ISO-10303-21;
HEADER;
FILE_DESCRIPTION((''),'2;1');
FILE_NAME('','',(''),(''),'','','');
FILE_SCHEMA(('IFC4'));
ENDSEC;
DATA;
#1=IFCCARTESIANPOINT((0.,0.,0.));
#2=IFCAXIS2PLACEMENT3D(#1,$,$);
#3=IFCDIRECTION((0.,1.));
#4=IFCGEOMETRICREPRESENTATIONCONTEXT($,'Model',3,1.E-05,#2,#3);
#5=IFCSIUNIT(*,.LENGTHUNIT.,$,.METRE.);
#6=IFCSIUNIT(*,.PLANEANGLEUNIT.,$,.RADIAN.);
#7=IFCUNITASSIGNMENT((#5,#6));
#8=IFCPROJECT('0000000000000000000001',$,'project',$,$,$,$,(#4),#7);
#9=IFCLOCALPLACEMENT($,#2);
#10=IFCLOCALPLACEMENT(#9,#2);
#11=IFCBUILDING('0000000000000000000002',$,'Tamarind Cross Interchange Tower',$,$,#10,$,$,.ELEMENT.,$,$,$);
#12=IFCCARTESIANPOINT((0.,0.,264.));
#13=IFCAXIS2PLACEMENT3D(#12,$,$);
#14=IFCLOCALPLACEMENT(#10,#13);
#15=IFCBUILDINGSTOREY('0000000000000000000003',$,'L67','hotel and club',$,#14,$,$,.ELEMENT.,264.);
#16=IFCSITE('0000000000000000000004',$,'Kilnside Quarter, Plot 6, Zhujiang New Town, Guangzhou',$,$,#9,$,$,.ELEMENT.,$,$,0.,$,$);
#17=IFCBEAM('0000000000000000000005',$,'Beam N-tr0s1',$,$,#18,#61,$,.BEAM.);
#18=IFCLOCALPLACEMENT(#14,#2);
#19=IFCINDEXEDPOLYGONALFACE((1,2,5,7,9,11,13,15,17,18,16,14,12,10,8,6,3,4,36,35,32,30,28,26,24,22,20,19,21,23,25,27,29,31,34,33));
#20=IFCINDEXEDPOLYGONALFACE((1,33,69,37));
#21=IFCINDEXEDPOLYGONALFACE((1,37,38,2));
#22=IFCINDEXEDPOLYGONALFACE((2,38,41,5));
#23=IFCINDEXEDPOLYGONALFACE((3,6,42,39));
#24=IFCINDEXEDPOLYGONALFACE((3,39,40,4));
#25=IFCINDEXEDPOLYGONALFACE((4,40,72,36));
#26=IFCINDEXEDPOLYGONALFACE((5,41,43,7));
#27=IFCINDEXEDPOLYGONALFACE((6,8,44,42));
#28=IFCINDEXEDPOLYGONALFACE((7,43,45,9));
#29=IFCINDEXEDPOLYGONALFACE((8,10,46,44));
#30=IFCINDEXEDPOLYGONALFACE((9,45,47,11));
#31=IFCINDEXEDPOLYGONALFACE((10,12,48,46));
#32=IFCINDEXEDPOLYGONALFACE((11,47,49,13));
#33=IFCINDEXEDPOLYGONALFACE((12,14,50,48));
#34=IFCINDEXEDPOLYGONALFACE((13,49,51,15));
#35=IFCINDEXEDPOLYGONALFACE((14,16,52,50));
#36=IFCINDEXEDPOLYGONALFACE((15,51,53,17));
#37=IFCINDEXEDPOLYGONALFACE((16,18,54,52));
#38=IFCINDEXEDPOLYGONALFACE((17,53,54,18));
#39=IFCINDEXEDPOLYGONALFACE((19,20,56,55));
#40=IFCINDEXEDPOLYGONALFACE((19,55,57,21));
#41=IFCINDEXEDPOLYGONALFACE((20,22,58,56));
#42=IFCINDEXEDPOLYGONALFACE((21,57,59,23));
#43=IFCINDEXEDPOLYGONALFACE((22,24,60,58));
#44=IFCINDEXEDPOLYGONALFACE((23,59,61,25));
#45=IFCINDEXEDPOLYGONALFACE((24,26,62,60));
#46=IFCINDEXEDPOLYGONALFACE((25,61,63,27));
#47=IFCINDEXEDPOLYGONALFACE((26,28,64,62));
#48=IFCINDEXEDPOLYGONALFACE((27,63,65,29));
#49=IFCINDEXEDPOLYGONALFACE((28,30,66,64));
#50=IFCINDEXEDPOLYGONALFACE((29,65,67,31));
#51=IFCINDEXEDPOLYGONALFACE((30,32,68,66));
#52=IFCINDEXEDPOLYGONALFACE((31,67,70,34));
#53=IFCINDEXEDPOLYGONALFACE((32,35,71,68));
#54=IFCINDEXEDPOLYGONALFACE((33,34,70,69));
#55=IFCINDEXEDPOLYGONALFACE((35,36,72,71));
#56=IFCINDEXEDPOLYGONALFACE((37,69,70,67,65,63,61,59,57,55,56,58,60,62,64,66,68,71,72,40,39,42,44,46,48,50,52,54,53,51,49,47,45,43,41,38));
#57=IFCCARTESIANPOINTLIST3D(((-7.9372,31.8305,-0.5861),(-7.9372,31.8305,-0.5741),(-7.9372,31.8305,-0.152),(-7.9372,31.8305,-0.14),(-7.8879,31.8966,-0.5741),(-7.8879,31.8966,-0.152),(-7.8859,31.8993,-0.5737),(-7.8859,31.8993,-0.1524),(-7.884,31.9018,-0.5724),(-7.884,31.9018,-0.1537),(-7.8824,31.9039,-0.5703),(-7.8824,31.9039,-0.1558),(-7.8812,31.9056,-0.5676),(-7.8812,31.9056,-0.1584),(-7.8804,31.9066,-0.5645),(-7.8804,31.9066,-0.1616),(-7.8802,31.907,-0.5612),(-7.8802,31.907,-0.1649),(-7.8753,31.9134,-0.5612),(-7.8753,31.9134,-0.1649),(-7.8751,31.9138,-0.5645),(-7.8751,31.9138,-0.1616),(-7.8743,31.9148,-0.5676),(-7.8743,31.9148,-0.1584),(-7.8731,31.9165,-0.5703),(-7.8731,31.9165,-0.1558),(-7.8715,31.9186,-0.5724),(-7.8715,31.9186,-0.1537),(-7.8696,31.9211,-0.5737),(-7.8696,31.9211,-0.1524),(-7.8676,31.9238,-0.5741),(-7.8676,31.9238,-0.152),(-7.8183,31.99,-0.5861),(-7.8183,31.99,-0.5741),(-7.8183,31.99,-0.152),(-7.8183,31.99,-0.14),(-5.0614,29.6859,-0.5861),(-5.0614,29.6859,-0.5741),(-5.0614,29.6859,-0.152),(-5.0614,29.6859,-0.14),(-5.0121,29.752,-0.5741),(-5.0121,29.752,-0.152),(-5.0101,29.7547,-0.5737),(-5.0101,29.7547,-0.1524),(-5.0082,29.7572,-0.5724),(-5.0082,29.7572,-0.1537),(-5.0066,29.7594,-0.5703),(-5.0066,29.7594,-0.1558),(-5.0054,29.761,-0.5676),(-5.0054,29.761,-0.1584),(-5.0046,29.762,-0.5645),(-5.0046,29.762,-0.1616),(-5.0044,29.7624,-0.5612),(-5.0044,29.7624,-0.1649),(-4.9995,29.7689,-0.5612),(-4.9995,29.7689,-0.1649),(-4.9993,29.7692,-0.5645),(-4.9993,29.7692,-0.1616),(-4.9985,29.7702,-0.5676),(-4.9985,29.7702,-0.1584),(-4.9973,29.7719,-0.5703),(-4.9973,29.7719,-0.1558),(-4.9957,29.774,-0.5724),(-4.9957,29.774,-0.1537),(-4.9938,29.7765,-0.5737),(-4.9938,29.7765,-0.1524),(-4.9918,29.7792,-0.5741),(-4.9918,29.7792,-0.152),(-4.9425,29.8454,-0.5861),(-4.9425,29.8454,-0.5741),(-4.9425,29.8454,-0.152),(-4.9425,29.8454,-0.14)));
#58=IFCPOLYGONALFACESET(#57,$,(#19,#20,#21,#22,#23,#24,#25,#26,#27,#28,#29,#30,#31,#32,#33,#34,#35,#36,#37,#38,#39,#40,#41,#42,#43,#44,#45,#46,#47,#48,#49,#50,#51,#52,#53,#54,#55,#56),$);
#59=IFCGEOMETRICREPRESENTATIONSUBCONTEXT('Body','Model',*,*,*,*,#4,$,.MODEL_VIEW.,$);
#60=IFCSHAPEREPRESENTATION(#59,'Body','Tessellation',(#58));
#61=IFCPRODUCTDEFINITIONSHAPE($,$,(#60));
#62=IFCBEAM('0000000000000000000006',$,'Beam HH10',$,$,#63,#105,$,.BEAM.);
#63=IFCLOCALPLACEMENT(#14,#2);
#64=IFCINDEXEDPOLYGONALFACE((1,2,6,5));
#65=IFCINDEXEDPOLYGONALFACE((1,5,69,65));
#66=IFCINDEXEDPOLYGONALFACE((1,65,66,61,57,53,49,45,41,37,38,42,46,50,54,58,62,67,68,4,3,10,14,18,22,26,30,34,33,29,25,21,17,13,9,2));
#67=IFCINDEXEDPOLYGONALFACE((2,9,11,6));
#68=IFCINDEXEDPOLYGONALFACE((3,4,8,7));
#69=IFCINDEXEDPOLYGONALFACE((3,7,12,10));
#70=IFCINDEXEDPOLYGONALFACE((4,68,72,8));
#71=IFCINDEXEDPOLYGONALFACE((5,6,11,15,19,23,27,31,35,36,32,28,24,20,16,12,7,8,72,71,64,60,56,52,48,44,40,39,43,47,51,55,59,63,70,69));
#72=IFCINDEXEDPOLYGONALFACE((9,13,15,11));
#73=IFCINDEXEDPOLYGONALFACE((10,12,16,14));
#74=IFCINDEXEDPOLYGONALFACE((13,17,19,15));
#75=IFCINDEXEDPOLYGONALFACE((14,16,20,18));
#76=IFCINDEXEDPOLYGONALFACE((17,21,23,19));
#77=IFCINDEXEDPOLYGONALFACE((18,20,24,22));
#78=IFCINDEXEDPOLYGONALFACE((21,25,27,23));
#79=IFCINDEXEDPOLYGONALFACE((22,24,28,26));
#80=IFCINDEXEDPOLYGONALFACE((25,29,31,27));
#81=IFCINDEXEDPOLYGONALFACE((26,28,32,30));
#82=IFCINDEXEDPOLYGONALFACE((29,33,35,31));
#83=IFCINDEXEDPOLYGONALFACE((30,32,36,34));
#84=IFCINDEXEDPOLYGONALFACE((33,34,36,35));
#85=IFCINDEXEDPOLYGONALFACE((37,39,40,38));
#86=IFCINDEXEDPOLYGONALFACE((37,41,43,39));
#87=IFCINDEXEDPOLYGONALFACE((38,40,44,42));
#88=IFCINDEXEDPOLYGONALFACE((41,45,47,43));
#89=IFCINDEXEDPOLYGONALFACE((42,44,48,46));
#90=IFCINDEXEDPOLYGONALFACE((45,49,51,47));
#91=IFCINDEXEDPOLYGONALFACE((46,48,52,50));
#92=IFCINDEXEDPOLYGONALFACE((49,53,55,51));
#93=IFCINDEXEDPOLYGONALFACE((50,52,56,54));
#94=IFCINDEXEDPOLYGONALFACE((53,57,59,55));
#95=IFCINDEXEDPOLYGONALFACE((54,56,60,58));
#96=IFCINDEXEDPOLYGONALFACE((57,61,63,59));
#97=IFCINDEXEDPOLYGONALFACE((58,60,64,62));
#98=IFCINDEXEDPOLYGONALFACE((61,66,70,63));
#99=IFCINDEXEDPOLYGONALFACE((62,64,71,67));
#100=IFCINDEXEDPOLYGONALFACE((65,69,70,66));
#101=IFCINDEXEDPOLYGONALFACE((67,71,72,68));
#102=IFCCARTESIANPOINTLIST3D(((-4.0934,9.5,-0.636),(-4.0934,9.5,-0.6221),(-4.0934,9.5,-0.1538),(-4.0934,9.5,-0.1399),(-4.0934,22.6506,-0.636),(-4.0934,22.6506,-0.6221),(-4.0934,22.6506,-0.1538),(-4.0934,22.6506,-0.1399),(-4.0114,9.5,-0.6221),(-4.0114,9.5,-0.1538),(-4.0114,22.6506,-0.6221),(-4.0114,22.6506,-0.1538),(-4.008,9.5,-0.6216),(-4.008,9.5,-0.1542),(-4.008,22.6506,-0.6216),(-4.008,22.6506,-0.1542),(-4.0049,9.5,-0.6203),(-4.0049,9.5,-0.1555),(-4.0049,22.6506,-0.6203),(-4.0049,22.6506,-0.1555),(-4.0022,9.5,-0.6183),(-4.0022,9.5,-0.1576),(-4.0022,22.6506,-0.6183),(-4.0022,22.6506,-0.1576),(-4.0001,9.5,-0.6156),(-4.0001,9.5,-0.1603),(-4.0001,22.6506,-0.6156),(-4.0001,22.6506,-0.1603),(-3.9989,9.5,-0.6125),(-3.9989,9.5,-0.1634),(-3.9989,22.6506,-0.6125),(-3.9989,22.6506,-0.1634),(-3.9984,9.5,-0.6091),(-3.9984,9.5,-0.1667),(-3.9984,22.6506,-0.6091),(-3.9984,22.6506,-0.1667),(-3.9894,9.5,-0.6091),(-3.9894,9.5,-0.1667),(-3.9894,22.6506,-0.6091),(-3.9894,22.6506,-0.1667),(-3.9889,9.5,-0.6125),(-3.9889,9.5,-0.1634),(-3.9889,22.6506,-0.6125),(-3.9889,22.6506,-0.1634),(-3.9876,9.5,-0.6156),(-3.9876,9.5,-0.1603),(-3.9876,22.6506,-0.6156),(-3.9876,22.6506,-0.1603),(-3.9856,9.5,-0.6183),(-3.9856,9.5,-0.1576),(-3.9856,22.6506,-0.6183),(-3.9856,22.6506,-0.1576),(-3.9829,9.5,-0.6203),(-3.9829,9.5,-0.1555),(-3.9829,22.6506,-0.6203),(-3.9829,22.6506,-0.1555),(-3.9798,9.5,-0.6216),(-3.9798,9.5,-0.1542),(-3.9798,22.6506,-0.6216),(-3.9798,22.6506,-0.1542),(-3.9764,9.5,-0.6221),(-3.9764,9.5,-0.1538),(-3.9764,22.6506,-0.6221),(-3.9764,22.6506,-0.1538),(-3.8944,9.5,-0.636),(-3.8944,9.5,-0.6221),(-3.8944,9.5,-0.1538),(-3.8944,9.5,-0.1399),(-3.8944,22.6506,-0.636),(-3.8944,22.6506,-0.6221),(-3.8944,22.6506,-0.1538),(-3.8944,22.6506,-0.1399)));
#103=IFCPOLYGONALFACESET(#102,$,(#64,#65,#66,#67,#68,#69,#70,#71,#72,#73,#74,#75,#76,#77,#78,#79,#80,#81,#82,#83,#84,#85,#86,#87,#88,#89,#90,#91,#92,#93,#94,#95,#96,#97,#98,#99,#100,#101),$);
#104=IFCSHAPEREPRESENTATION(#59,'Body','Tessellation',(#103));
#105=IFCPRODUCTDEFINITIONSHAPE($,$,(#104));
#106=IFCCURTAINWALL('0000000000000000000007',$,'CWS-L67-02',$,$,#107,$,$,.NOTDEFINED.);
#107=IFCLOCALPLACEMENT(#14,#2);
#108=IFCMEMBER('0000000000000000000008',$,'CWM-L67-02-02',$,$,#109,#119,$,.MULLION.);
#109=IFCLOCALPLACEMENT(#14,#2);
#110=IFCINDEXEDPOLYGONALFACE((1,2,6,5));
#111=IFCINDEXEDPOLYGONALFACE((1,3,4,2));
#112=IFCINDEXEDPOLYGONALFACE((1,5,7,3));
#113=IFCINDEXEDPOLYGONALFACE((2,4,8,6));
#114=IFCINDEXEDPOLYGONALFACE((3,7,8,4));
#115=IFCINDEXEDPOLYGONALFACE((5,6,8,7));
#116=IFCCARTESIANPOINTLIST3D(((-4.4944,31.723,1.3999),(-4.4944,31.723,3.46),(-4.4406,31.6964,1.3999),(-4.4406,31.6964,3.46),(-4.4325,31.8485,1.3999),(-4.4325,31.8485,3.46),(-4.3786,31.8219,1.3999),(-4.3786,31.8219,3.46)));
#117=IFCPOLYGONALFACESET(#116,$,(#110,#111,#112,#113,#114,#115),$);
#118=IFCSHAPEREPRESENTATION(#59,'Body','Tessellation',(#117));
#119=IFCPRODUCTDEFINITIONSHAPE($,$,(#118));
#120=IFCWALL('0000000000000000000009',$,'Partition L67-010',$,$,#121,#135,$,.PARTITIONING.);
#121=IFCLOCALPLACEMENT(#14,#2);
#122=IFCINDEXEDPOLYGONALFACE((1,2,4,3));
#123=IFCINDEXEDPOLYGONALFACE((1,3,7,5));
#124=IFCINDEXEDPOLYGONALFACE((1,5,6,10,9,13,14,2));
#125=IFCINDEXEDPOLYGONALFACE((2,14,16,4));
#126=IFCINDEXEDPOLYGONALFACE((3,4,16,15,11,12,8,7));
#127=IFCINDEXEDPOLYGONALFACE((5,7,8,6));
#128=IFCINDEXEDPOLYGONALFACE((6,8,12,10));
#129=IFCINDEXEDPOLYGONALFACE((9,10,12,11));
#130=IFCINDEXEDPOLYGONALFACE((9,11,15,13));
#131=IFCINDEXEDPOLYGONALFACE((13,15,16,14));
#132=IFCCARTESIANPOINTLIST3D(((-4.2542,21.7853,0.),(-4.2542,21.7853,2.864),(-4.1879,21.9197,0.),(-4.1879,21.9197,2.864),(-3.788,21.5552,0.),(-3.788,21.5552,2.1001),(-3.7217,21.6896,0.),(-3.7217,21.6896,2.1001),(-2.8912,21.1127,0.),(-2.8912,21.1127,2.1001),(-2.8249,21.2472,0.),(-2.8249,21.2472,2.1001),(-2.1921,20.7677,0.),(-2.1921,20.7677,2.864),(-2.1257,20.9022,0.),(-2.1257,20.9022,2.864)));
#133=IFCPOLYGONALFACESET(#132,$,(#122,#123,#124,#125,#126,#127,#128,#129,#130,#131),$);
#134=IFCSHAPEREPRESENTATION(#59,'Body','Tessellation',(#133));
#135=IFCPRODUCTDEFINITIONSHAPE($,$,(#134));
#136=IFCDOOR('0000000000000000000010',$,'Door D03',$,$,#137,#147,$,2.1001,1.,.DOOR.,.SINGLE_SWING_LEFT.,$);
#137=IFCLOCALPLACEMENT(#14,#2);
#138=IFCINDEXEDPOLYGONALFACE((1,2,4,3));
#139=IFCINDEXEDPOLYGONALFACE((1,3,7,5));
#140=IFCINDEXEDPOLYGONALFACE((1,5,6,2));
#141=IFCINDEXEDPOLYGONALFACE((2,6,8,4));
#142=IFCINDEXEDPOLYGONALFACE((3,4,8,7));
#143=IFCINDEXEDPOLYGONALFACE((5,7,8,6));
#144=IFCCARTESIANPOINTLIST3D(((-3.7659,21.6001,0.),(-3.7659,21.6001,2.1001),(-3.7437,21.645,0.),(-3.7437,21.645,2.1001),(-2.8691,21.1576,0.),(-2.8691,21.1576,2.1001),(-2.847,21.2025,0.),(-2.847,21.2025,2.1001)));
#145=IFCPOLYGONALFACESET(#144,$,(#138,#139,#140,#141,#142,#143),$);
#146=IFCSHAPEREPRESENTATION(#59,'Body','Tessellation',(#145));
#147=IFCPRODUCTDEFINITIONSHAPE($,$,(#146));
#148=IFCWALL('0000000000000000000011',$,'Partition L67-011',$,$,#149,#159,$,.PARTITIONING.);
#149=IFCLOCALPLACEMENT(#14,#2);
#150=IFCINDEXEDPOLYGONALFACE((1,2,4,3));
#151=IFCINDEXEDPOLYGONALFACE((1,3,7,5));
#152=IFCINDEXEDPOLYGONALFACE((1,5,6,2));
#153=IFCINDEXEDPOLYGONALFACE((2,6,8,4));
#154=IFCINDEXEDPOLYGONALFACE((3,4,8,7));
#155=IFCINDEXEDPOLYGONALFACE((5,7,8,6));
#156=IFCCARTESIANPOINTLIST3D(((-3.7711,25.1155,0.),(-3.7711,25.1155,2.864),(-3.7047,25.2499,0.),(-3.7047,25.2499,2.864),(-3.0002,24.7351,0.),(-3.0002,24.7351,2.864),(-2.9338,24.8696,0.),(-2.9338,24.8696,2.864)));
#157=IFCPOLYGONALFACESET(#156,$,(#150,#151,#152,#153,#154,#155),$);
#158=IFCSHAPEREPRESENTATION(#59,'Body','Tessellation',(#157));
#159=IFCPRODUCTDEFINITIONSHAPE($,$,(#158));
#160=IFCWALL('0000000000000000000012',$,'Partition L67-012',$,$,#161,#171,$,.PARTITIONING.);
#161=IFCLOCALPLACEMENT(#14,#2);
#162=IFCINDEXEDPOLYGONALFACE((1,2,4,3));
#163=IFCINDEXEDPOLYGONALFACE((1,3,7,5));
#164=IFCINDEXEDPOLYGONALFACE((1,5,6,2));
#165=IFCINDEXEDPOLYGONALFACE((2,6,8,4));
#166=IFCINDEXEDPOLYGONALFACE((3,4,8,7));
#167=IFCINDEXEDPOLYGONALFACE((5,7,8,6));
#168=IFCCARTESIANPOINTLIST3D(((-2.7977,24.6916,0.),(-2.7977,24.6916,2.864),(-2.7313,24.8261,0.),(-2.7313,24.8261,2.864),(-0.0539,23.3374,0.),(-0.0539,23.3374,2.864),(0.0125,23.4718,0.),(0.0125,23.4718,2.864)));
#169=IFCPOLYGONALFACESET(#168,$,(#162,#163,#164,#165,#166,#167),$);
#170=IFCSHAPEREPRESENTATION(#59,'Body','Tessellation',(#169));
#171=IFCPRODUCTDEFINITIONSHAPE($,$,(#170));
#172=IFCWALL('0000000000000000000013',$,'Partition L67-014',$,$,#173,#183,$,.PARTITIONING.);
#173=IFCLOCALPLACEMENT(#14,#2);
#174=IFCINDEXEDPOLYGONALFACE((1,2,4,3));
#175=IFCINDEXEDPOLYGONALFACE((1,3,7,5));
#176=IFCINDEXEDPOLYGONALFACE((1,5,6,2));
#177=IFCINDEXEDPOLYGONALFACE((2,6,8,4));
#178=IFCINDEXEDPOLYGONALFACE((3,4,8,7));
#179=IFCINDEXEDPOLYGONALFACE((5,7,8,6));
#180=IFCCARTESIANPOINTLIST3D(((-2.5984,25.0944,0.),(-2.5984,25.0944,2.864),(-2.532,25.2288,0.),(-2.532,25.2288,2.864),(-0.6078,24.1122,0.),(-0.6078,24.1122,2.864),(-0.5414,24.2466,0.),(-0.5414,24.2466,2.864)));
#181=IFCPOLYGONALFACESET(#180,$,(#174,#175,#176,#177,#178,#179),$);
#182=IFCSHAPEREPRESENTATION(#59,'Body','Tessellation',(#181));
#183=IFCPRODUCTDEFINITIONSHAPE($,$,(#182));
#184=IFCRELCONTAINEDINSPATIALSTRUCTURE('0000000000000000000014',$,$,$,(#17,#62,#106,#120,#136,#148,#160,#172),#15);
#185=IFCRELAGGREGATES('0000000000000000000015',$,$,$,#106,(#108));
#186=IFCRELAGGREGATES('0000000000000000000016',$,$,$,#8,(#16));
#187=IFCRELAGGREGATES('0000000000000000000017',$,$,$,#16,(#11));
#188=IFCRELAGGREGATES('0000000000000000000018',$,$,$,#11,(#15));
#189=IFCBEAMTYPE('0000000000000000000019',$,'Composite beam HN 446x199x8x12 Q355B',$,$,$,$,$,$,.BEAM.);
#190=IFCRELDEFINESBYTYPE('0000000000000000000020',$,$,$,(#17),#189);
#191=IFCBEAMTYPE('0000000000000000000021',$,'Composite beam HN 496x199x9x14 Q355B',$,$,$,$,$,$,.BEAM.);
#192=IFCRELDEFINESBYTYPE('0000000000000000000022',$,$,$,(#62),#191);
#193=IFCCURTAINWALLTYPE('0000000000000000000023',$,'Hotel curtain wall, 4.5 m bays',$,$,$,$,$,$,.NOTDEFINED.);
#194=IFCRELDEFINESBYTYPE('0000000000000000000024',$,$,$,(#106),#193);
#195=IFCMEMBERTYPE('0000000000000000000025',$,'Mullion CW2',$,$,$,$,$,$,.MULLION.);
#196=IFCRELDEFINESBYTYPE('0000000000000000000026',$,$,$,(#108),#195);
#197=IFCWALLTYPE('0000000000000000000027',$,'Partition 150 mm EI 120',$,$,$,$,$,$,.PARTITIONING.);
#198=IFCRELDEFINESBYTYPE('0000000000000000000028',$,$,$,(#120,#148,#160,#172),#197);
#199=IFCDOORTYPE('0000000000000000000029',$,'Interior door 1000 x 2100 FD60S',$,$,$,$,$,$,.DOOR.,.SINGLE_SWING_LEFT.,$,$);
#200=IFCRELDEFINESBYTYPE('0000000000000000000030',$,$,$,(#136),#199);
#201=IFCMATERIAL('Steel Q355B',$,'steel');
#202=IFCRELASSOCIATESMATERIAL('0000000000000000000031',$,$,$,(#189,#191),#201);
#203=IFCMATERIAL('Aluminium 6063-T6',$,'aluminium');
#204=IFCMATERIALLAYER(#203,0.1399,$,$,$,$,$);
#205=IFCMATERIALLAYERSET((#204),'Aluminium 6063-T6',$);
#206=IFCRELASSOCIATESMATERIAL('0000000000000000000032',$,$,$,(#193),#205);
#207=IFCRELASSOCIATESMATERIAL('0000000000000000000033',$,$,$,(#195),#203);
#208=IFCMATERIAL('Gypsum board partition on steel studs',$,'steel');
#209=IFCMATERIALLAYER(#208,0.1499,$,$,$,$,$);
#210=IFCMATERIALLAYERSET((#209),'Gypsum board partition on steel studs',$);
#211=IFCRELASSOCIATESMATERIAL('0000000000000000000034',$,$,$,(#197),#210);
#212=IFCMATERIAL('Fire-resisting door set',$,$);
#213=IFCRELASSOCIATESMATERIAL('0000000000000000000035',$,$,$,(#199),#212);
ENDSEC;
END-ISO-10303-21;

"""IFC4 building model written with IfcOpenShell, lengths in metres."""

from ifc_helpers import new_model, si_unit, direction, frame, frame_2d, origin, origin_2d, place, context, subcontext, project, spatial, rectangle, i_section, extrude, material, layer, layer_set, material_profile, profile_set, type_object, element, fill, aggregate, save


model = new_model("IFC4")

# Units and contexts
model_context = context("Model", 3, precision=1e-05, world=origin(), true_north=direction((0.0, 1.0)))
body_context = subcontext(model_context, "Body", "Model", "MODEL_VIEW")
ifc_project = project(units=[si_unit("LENGTHUNIT", "METRE"), si_unit("PLANEANGLEUNIT", "RADIAN")], contexts=[model_context])

# Site, building, storey
site_placement = place(None, origin())
site = spatial("IfcSite", under=ifc_project, at=site_placement, Name="Kilnside Quarter, Plot 6, Zhujiang New Town, Guangzhou", CompositionType="ELEMENT", RefElevation=0.0)
building_placement = place(site_placement, origin())
building = spatial("IfcBuilding", under=site, at=building_placement, Name="Tamarind Cross Interchange Tower", CompositionType="ELEMENT")
storey_placement = place(building_placement, frame((0.0, 0.0, 264.0)))
storey = spatial("IfcBuildingStorey", under=building, at=storey_placement, Name="L67", Description="hotel and club", CompositionType="ELEMENT", Elevation=264.0)

# Beams
ifc_material_1 = material(Name="Steel Q355B", Category="steel")
ifc_material_profile_1 = material_profile(ifc_material_1, i_section(OverallWidth=0.199, OverallDepth=0.446, WebThickness=0.0081, FlangeThickness=0.012, FilletRadius=0.0129, at=origin_2d()), Name="HN 446x199x8x12")
ifc_profile_set_1 = profile_set([ifc_material_profile_1], Name="Steel Q355B")
beam_type_1 = type_object("IfcBeamType", Name="Composite beam HN 446x199x8x12 Q355B", PredefinedType="BEAM", material=ifc_profile_set_1)
beam_1_placement = place(storey_placement, frame((-5.002, 29.7656, -0.363), z_axis=(-0.801639, 0.597809, 0.0), x_axis=(-0.597809, -0.801639, 0.0)))
element("IfcBeam", 1, at=beam_1_placement, inside=storey, type_object=beam_type_1, Name="Beam N-tr0s1", PredefinedType="BEAM", context=body_context, shape_type="SweptSolid", body=[
    extrude(i_section(OverallWidth=0.199, OverallDepth=0.446, WebThickness=0.0081, FlangeThickness=0.012, FilletRadius=0.0129, at=origin_2d()), origin(), (0.0, 0.0, 1.0), 3.5874),
])
ifc_material_profile_2 = material_profile(ifc_material_1, i_section(OverallWidth=0.199, OverallDepth=0.4961, WebThickness=0.009, FlangeThickness=0.0139, FilletRadius=0.0129, at=origin_2d()), Name="HN 496x199x9x14")
ifc_profile_set_2 = profile_set([ifc_material_profile_2], Name="Steel Q355B")
beam_type_2 = type_object("IfcBeamType", Name="Composite beam HN 496x199x9x14 Q355B", PredefinedType="BEAM", material=ifc_profile_set_2)
beam_2_placement = place(storey_placement, frame((-3.9939, 22.6506, -0.3879), z_axis=(0.0, -1.0, 0.0), x_axis=(1.0, 0.0, 0.0)))
element("IfcBeam", 2, at=beam_2_placement, inside=storey, type_object=beam_type_2, Name="Beam HH10", PredefinedType="BEAM", context=body_context, shape_type="SweptSolid", body=[
    extrude(i_section(OverallWidth=0.199, OverallDepth=0.4961, WebThickness=0.009, FlangeThickness=0.0139, FilletRadius=0.0129, at=origin_2d()), origin(), (0.0, 0.0, 1.0), 13.1506),
])

# Curtain wall, member
ifc_material_2 = material(Name="Aluminium 6063-T6", Category="aluminium")
ifc_layer_1 = layer(ifc_material_2, 0.1399)
ifc_layer_set_1 = layer_set([ifc_layer_1], Name="Aluminium 6063-T6")
curtain_wall_type = type_object("IfcCurtainWallType", Name="Hotel curtain wall, 4.5 m bays", PredefinedType="NOTDEFINED", material=ifc_layer_set_1)
curtain_wall_placement = place(storey_placement, origin())
curtain_wall = element("IfcCurtainWall", 3, at=curtain_wall_placement, inside=storey, type_object=curtain_wall_type, Name="CWS-L67-02", PredefinedType="NOTDEFINED")
ifc_material_profile_3 = material_profile(ifc_material_2, rectangle(XDim=0.0601, YDim=0.1399, at=origin_2d()), Name="Mullion CW2")
ifc_profile_set_3 = profile_set([ifc_material_profile_3], Name="Aluminium 6063-T6")
member_type = type_object("IfcMemberType", Name="Mullion CW2", PredefinedType="MULLION", material=ifc_profile_set_3)
member_placement = place(storey_placement, frame((-4.4365, 31.7725, 1.3999), z_axis=(0.0, 0.0, 1.0), x_axis=(-0.89674, 0.442558, 0.0)))
member = element("IfcMember", 4, at=member_placement, type_object=member_type, Name="CWM-L67-02-02", PredefinedType="MULLION", context=body_context, shape_type="SweptSolid", body=[
    extrude(rectangle(XDim=0.0601, YDim=0.1399, at=origin_2d()), origin(), (0.0, 0.0, 1.0), 2.0601),
])
aggregate(curtain_wall, [member])

# Wall, opening, door
ifc_material_3 = material(Name="Gypsum board partition on steel studs", Category="steel")
ifc_layer_2 = layer(ifc_material_3, 0.1499)
ifc_layer_set_2 = layer_set([ifc_layer_2], Name="Gypsum board partition on steel studs")
wall_type_1 = type_object("IfcWallType", Name="Partition 150 mm EI 120", PredefinedType="PARTITIONING", material=ifc_layer_set_2)
wall_1_placement = place(storey_placement, frame((-4.2212, 21.8525, 0.0), z_axis=(0.0, 0.0, 1.0), x_axis=(0.896772, -0.442494, 0.0)))
wall_1 = element("IfcWall", 5, at=wall_1_placement, inside=storey, type_object=wall_type_1, Name="Partition L67-010", PredefinedType="PARTITIONING", context=body_context, shape_type="SweptSolid", body=[
    extrude(rectangle(XDim=2.2996, YDim=0.1499, at=frame_2d((1.1499, 0.0))), origin(), (0.0, 0.0, 1.0), 2.864),
])
opening_1_placement = place(wall_1_placement, frame((0.52, 0.0, 0.0)))
opening_1 = element("IfcOpeningElement", 6, at=opening_1_placement, cuts=wall_1, PredefinedType="OPENING", context=body_context, shape_type="SweptSolid", body=[
    extrude(rectangle(XDim=1.0, YDim=2.1001, at=frame_2d((0.5, 1.05))), frame((0.0, 0.085, 0.0), z_axis=(0.0, -1.0, 0.0), x_axis=(1.0, 0.0, 0.0)), (0.0, 0.0, 1.0), 0.1699),
])
ifc_material_4 = material(Name="Fire-resisting door set")
door_type_1 = type_object("IfcDoorType", Name="Interior door 1000 x 2100 FD60S", OperationType="SINGLE_SWING_LEFT", PredefinedType="DOOR", material=ifc_material_4)
door_1_placement = place(opening_1_placement, frame((1.0, 0.0, 0.0), z_axis=(0.0, 0.0, 1.0), x_axis=(-1.0, 0.0, 0.0)))
door_1 = element("IfcDoor", 7, at=door_1_placement, inside=storey, type_object=door_type_1, Name="Door D03", OperationType="SINGLE_SWING_LEFT", OverallHeight=2.1001, OverallWidth=1.0, PredefinedType="DOOR", context=body_context, shape_type="SweptSolid", body=[
    extrude(rectangle(XDim=1.0, YDim=2.1001, at=frame_2d((0.5, 1.05))), frame((0.0, 0.0249, 0.0), z_axis=(0.0, -1.0, 0.0), x_axis=(1.0, 0.0, 0.0)), (0.0, 0.0, 1.0), 0.05),
])
fill(opening_1, door_1)

# Walls
wall_2_placement = place(storey_placement, frame((-3.7378, 25.1826, 0.0), z_axis=(0.0, 0.0, 1.0), x_axis=(0.8968, -0.442436, 0.0)))
element("IfcWall", 8, at=wall_2_placement, inside=storey, type_object=wall_type_1, Name="Partition L67-011", PredefinedType="PARTITIONING", context=body_context, shape_type="SweptSolid", body=[
    extrude(rectangle(XDim=0.8596, YDim=0.1499, at=frame_2d((0.4297, 0.0))), origin(), (0.0, 0.0, 1.0), 2.864),
])
wall_3_placement = place(storey_placement, frame((-2.7644, 24.7588, 0.0), z_axis=(0.0, 0.0, 1.0), x_axis=(0.896729, -0.44258, 0.0)))
element("IfcWall", 9, at=wall_3_placement, inside=storey, type_object=wall_type_1, Name="Partition L67-012", PredefinedType="PARTITIONING", context=body_context, shape_type="SweptSolid", body=[
    extrude(rectangle(XDim=3.0598, YDim=0.1499, at=frame_2d((1.5298, 0.0))), origin(), (0.0, 0.0, 1.0), 2.864),
])
wall_4_placement = place(storey_placement, frame((-2.5652, 25.1616, 0.0), z_axis=(0.0, 0.0, 1.0), x_axis=(0.896769, -0.4425, 0.0)))
element("IfcWall", 10, at=wall_4_placement, inside=storey, type_object=wall_type_1, Name="Partition L67-014", PredefinedType="PARTITIONING", context=body_context, shape_type="SweptSolid", body=[
    extrude(rectangle(XDim=2.2197, YDim=0.1499, at=frame_2d((1.1099, 0.0))), origin(), (0.0, 0.0, 1.0), 2.864),
])

save(model, "model.ifc")
